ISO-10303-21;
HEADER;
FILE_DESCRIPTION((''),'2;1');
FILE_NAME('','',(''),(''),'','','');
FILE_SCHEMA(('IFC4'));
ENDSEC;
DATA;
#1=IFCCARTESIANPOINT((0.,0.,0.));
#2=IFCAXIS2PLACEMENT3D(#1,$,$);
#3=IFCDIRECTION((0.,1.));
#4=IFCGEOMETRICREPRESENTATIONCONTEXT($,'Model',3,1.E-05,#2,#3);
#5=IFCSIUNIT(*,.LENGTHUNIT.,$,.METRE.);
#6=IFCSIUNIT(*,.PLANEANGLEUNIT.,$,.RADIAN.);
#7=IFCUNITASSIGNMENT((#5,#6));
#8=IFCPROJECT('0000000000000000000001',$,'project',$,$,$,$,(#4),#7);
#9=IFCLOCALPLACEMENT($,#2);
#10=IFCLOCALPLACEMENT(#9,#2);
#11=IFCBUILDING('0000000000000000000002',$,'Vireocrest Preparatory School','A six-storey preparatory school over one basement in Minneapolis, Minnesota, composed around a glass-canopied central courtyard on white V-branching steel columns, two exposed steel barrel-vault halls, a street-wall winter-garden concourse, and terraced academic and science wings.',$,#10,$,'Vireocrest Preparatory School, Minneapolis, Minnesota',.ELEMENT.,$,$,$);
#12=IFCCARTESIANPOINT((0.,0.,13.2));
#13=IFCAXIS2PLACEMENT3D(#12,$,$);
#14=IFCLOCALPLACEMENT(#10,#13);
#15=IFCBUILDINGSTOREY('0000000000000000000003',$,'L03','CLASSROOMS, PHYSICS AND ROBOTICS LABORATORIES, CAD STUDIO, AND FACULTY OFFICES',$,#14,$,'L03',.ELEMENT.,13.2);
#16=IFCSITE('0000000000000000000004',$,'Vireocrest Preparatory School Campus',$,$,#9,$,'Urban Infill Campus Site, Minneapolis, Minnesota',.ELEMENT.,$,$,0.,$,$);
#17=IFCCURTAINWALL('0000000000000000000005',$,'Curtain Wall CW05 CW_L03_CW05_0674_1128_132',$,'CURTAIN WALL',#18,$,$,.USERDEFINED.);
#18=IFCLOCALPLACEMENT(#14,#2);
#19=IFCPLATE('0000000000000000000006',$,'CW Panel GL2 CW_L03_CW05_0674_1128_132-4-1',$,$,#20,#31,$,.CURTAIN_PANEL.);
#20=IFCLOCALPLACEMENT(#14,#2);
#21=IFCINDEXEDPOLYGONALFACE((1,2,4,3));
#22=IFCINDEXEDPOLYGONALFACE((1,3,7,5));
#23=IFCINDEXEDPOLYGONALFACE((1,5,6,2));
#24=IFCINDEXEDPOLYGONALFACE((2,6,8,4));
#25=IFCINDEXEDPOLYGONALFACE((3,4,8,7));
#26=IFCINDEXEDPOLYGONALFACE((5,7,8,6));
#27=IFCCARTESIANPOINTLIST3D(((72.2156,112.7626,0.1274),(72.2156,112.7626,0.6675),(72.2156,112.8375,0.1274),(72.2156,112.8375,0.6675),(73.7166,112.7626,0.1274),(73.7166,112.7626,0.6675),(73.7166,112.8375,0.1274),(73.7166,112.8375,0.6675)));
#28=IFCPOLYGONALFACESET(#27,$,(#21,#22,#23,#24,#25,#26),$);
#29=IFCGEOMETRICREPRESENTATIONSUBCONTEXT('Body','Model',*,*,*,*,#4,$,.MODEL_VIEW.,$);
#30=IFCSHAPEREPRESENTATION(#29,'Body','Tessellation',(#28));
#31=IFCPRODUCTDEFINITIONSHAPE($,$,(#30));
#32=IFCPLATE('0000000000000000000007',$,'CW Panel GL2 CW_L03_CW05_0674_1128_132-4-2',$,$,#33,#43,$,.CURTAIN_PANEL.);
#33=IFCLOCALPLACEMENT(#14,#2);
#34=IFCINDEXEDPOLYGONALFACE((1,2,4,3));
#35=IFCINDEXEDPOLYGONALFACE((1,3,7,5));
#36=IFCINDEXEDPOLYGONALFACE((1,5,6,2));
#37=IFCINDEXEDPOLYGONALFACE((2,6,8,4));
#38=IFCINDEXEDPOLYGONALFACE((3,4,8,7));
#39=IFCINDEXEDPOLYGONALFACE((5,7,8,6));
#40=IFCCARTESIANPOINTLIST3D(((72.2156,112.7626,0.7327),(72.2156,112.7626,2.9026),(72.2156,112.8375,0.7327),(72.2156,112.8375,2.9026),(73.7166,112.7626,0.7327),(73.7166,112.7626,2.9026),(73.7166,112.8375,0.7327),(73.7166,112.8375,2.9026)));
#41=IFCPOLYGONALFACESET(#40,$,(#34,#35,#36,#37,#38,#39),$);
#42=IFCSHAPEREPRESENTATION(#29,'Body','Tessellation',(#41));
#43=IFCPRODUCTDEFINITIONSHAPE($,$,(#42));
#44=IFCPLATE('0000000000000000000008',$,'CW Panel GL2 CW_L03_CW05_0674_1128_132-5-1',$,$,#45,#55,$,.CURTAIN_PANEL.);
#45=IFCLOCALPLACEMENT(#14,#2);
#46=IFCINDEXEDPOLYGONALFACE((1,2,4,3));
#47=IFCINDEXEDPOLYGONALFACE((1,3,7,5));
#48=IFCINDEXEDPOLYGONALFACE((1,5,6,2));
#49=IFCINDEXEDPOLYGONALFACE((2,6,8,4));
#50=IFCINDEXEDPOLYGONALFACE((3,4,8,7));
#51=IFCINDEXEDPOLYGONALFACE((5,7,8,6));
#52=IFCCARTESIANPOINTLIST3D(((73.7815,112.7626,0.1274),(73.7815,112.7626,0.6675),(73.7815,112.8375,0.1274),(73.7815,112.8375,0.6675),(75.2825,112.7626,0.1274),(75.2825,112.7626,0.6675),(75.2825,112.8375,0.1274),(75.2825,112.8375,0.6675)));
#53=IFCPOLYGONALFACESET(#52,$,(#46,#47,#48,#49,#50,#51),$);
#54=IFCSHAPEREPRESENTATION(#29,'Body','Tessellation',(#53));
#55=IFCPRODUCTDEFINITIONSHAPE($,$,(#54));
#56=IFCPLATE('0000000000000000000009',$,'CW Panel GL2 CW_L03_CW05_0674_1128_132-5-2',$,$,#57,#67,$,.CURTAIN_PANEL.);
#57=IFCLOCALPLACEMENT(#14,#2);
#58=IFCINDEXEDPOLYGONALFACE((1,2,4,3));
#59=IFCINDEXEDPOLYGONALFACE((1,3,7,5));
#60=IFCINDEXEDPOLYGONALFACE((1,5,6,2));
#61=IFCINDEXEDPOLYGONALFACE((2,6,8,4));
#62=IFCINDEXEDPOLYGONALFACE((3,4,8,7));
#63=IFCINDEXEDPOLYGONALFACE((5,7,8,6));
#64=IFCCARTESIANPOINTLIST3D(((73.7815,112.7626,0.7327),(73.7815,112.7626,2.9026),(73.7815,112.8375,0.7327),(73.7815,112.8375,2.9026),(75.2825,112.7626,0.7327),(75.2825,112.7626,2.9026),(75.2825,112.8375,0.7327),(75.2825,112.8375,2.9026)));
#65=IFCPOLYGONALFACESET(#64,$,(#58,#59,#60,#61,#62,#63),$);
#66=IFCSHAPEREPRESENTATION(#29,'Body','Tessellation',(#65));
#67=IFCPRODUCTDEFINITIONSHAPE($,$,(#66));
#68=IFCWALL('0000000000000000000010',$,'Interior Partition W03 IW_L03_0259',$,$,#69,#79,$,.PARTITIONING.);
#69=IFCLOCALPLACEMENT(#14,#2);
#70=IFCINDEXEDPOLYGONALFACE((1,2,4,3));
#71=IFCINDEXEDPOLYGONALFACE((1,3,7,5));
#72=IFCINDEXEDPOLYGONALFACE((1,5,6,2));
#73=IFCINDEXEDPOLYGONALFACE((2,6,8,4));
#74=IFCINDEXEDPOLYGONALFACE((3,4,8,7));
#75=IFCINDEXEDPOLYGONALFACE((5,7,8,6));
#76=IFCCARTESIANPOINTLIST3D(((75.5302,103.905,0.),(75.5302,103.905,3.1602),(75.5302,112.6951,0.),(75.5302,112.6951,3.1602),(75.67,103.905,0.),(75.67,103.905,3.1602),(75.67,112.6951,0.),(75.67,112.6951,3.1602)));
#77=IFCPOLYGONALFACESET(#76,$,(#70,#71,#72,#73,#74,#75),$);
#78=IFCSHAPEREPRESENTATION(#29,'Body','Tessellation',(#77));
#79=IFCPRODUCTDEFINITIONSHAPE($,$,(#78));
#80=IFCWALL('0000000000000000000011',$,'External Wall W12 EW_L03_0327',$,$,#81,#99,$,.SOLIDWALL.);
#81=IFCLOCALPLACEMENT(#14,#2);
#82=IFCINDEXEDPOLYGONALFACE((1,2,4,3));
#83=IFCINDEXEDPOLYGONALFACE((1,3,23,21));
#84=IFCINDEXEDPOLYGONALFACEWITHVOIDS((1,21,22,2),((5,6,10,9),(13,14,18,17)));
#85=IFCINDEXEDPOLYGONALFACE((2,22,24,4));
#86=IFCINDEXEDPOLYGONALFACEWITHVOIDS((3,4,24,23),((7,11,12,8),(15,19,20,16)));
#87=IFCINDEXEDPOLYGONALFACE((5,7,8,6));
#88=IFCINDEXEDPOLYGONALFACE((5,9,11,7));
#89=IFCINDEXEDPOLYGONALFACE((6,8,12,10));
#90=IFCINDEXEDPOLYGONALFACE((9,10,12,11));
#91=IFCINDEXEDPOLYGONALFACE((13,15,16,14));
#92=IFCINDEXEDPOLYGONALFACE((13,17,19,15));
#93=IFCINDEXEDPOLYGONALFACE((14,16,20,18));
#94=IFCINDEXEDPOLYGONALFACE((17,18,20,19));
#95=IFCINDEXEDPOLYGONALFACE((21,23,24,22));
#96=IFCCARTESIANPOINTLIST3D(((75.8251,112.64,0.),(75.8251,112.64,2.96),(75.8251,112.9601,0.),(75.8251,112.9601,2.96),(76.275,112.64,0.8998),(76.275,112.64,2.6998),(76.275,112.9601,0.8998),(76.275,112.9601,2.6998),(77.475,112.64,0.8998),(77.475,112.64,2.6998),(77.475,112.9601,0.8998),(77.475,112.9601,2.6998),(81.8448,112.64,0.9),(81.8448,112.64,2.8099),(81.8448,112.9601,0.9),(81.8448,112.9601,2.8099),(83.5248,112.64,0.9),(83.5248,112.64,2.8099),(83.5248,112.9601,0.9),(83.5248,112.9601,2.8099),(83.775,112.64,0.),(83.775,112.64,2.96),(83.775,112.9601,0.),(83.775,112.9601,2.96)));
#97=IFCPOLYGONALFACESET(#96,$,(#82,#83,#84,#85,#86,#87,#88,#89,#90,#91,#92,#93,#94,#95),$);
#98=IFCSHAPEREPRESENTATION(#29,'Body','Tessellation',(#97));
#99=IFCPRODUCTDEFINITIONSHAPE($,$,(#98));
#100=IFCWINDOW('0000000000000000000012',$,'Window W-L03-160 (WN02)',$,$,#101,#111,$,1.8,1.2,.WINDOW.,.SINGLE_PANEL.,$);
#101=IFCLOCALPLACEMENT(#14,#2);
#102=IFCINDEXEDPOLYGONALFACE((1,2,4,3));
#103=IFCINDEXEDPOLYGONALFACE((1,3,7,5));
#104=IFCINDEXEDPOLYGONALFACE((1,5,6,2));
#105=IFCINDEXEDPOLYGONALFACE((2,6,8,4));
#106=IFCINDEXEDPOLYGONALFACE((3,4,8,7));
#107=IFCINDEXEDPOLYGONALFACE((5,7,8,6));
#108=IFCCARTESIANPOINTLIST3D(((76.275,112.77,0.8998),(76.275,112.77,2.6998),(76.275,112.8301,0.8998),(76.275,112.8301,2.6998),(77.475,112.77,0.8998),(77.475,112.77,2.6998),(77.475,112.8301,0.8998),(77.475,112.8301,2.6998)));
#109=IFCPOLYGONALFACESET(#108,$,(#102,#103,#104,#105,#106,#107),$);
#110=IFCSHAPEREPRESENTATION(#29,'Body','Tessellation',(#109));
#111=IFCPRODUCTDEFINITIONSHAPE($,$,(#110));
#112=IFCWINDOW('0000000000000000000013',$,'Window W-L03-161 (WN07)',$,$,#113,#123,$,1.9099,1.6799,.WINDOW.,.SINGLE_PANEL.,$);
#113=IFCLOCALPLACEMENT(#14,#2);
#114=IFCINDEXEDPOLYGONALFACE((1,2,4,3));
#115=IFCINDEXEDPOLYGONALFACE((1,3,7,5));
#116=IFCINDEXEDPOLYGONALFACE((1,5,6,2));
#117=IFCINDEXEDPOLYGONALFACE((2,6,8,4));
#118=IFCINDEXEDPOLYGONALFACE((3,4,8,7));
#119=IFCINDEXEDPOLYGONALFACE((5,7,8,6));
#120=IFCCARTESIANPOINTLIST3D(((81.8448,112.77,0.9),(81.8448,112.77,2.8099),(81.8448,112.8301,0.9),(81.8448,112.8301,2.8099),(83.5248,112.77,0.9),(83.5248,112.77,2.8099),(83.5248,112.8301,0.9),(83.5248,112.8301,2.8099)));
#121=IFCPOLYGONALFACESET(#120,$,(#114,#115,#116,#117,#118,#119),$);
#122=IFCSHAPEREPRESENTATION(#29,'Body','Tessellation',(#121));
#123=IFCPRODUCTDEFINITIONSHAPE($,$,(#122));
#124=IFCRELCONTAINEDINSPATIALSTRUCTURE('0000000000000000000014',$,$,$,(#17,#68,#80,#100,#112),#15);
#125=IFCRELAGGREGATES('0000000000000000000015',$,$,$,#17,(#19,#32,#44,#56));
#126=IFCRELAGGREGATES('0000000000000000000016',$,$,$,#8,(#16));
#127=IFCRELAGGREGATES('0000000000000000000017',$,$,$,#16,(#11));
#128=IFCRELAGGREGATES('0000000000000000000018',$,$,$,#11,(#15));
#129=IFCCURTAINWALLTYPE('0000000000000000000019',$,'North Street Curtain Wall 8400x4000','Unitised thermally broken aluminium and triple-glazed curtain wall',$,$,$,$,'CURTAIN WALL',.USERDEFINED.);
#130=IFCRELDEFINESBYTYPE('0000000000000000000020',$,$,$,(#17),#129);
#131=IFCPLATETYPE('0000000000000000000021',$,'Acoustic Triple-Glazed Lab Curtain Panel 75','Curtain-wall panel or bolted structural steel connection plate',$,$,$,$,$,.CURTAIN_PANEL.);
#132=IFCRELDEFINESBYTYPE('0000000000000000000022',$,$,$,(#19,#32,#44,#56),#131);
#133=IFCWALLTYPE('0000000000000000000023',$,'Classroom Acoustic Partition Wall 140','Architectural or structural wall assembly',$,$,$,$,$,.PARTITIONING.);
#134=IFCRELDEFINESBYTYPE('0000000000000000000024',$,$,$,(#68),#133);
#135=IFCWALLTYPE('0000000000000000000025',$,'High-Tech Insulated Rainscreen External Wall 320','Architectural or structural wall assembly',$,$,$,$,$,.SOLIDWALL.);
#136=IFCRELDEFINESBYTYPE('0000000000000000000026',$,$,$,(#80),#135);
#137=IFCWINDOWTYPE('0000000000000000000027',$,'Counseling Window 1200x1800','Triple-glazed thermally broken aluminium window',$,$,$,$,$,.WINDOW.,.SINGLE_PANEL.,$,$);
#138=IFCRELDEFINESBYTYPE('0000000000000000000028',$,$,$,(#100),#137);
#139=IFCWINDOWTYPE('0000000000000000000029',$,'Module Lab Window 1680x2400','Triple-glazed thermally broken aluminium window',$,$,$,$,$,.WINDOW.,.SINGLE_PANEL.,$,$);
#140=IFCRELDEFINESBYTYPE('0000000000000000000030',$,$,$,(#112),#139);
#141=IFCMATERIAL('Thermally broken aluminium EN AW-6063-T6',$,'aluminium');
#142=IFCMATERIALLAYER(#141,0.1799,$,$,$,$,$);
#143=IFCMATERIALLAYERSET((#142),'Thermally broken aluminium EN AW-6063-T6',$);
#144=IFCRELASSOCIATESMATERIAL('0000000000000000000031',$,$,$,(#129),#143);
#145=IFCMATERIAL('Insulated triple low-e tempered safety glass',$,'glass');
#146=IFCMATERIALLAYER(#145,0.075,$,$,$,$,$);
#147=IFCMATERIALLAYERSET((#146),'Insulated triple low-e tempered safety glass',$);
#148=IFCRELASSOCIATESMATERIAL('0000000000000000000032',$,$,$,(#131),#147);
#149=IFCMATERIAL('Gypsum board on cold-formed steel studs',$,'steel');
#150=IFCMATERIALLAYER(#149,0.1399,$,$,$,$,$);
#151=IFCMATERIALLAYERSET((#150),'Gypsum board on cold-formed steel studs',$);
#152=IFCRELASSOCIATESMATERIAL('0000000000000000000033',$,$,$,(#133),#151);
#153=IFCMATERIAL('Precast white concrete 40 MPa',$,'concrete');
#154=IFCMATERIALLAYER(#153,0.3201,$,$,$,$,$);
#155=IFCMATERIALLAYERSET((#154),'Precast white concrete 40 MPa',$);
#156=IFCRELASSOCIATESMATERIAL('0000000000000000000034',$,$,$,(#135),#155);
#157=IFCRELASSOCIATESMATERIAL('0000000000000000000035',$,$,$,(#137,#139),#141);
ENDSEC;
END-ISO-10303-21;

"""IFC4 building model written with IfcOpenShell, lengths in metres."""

from ifc_helpers import new_model, si_unit, direction, frame, frame_2d, origin, origin_2d, place, context, subcontext, project, spatial, rectangle, extrude, material, layer, layer_set, type_object, element, fill, aggregate, save


model = new_model("IFC4")

# Units and contexts
model_context = context("Model", 3, precision=1e-05, world=origin(), true_north=direction((0.0, 1.0)))
body_context = subcontext(model_context, "Body", "Model", "MODEL_VIEW")
ifc_project = project(units=[si_unit("LENGTHUNIT", "METRE"), si_unit("PLANEANGLEUNIT", "RADIAN")], contexts=[model_context])

# Site, building, storey
site_placement = place(None, origin())
site = spatial("IfcSite", under=ifc_project, at=site_placement, Name="Vireocrest Preparatory School Campus", LongName="Urban Infill Campus Site, Minneapolis, Minnesota", CompositionType="ELEMENT", RefElevation=0.0)
building_placement = place(site_placement, origin())
building = spatial("IfcBuilding", under=site, at=building_placement, Name="Vireocrest Preparatory School", Description="A six-storey preparatory school over one basement in Minneapolis, Minnesota, composed around a glass-canopied central courtyard on white V-branching steel columns, two exposed steel barrel-vault halls, a street-wall winter-garden concourse, and terraced academic and science wings.", LongName="Vireocrest Preparatory School, Minneapolis, Minnesota", CompositionType="ELEMENT")
storey_placement = place(building_placement, frame((0.0, 0.0, 13.2)))
storey = spatial("IfcBuildingStorey", under=building, at=storey_placement, Name="L03", Description="CLASSROOMS, PHYSICS AND ROBOTICS LABORATORIES, CAD STUDIO, AND FACULTY OFFICES", LongName="L03", CompositionType="ELEMENT", Elevation=13.2)

# Curtain wall
ifc_material_1 = material(Name="Thermally broken aluminium EN AW-6063-T6", Category="aluminium")
ifc_layer_1 = layer(ifc_material_1, 0.1799)
ifc_layer_set_1 = layer_set([ifc_layer_1], Name="Thermally broken aluminium EN AW-6063-T6")
curtain_wall_type = type_object("IfcCurtainWallType", Name="North Street Curtain Wall 8400x4000", Description="Unitised thermally broken aluminium and triple-glazed curtain wall", ElementType="CURTAIN WALL", PredefinedType="USERDEFINED", material=ifc_layer_set_1)
curtain_wall_placement = place(storey_placement, origin())
curtain_wall = element("IfcCurtainWall", 1, at=curtain_wall_placement, inside=storey, type_object=curtain_wall_type, Name="Curtain Wall CW05 CW_L03_CW05_0674_1128_132", ObjectType="CURTAIN WALL", PredefinedType="USERDEFINED")

# Plates
ifc_material_2 = material(Name="Insulated triple low-e tempered safety glass", Category="glass")
ifc_layer_2 = layer(ifc_material_2, 0.075)
ifc_layer_set_2 = layer_set([ifc_layer_2], Name="Insulated triple low-e tempered safety glass")
plate_type = type_object("IfcPlateType", Name="Acoustic Triple-Glazed Lab Curtain Panel 75", Description="Curtain-wall panel or bolted structural steel connection plate", PredefinedType="CURTAIN_PANEL", material=ifc_layer_set_2)
plate_1_placement = place(storey_placement, frame((72.9661, 112.8, 0.1274), z_axis=(0.0, 0.0, 1.0), x_axis=(1.0, 0.0, 0.0)))
plate_1 = element("IfcPlate", 2, at=plate_1_placement, type_object=plate_type, Name="CW Panel GL2 CW_L03_CW05_0674_1128_132-4-1", PredefinedType="CURTAIN_PANEL", context=body_context, shape_type="SweptSolid", body=[
    extrude(rectangle(XDim=1.501, YDim=0.075, at=origin_2d()), origin(), (0.0, 0.0, 1.0), 0.54),
])
plate_2_placement = place(storey_placement, frame((72.9661, 112.8, 0.7327), z_axis=(0.0, 0.0, 1.0), x_axis=(1.0, 0.0, 0.0)))
plate_2 = element("IfcPlate", 3, at=plate_2_placement, type_object=plate_type, Name="CW Panel GL2 CW_L03_CW05_0674_1128_132-4-2", PredefinedType="CURTAIN_PANEL", context=body_context, shape_type="SweptSolid", body=[
    extrude(rectangle(XDim=1.501, YDim=0.075, at=origin_2d()), origin(), (0.0, 0.0, 1.0), 2.1699),
])
plate_3_placement = place(storey_placement, frame((74.532, 112.8, 0.1274), z_axis=(0.0, 0.0, 1.0), x_axis=(1.0, 0.0, 0.0)))
plate_3 = element("IfcPlate", 4, at=plate_3_placement, type_object=plate_type, Name="CW Panel GL2 CW_L03_CW05_0674_1128_132-5-1", PredefinedType="CURTAIN_PANEL", context=body_context, shape_type="SweptSolid", body=[
    extrude(rectangle(XDim=1.501, YDim=0.075, at=origin_2d()), origin(), (0.0, 0.0, 1.0), 0.54),
])
plate_4_placement = place(storey_placement, frame((74.532, 112.8, 0.7327), z_axis=(0.0, 0.0, 1.0), x_axis=(1.0, 0.0, 0.0)))
plate_4 = element("IfcPlate", 5, at=plate_4_placement, type_object=plate_type, Name="CW Panel GL2 CW_L03_CW05_0674_1128_132-5-2", PredefinedType="CURTAIN_PANEL", context=body_context, shape_type="SweptSolid", body=[
    extrude(rectangle(XDim=1.501, YDim=0.075, at=origin_2d()), origin(), (0.0, 0.0, 1.0), 2.1699),
])
aggregate(curtain_wall, [plate_1, plate_2, plate_3, plate_4])

# Wall
ifc_material_3 = material(Name="Gypsum board on cold-formed steel studs", Category="steel")
ifc_layer_3 = layer(ifc_material_3, 0.1399)
ifc_layer_set_3 = layer_set([ifc_layer_3], Name="Gypsum board on cold-formed steel studs")
wall_type_1 = type_object("IfcWallType", Name="Classroom Acoustic Partition Wall 140", Description="Architectural or structural wall assembly", PredefinedType="PARTITIONING", material=ifc_layer_set_3)
wall_1_placement = place(storey_placement, frame((75.6001, 103.905, 0.0), z_axis=(0.0, 0.0, 1.0), x_axis=(0.0, 1.0, 0.0)))
element("IfcWall", 6, at=wall_1_placement, inside=storey, type_object=wall_type_1, Name="Interior Partition W03 IW_L03_0259", PredefinedType="PARTITIONING", context=body_context, shape_type="SweptSolid", body=[
    extrude(rectangle(XDim=8.79, YDim=0.1399, at=frame_2d((4.395, 0.0))), origin(), (0.0, 0.0, 1.0), 3.1602),
])

# Wall, openings, windows
ifc_material_4 = material(Name="Precast white concrete 40 MPa", Category="concrete")
ifc_layer_4 = layer(ifc_material_4, 0.3201)
ifc_layer_set_4 = layer_set([ifc_layer_4], Name="Precast white concrete 40 MPa")
wall_type_2 = type_object("IfcWallType", Name="High-Tech Insulated Rainscreen External Wall 320", Description="Architectural or structural wall assembly", PredefinedType="SOLIDWALL", material=ifc_layer_set_4)
wall_2_placement = place(storey_placement, frame((75.825, 112.8, 0.0), z_axis=(0.0, 0.0, 1.0), x_axis=(1.0, 0.0, 0.0)))
wall_2 = element("IfcWall", 7, at=wall_2_placement, inside=storey, type_object=wall_type_2, Name="External Wall W12 EW_L03_0327", PredefinedType="SOLIDWALL", context=body_context, shape_type="SweptSolid", body=[
    extrude(rectangle(XDim=7.95, YDim=0.3201, at=frame_2d((3.9751, 0.0))), origin(), (0.0, 0.0, 1.0), 2.96),
])
opening_1_placement = place(wall_2_placement, frame((0.45, 0.0, 0.8999)))
opening_1 = element("IfcOpeningElement", 8, at=opening_1_placement, cuts=wall_2, PredefinedType="OPENING", context=body_context, shape_type="SweptSolid", body=[
    extrude(rectangle(XDim=1.2, YDim=1.8, at=frame_2d((0.6001, 0.8999))), frame((0.0, 0.1699, 0.0), z_axis=(0.0, -1.0, 0.0), x_axis=(1.0, 0.0, 0.0)), (0.0, 0.0, 1.0), 0.3401),
])
opening_2_placement = place(wall_2_placement, frame((6.02, 0.0, 0.8999)))
opening_2 = element("IfcOpeningElement", 9, at=opening_2_placement, cuts=wall_2, PredefinedType="OPENING", context=body_context, shape_type="SweptSolid", body=[
    extrude(rectangle(XDim=1.6799, YDim=1.9099, at=frame_2d((0.8398, 0.9551))), frame((0.0, 0.1699, 0.0), z_axis=(0.0, -1.0, 0.0), x_axis=(1.0, 0.0, 0.0)), (0.0, 0.0, 1.0), 0.3401),
])
window_type_1 = type_object("IfcWindowType", Name="Counseling Window 1200x1800", Description="Triple-glazed thermally broken aluminium window", PartitioningType="SINGLE_PANEL", PredefinedType="WINDOW", material=ifc_material_1)
window_1_placement = place(opening_1_placement, origin())
window_1 = element("IfcWindow", 10, at=window_1_placement, inside=storey, type_object=window_type_1, Name="Window W-L03-160 (WN02)", OverallHeight=1.8, OverallWidth=1.2, PartitioningType="SINGLE_PANEL", PredefinedType="WINDOW", context=body_context, shape_type="SweptSolid", body=[
    extrude(rectangle(XDim=1.2, YDim=1.8, at=frame_2d((0.6001, 0.8999))), frame((0.0, 0.03, 0.0), z_axis=(0.0, -1.0, 0.0), x_axis=(1.0, 0.0, 0.0)), (0.0, 0.0, 1.0), 0.0601),
])
fill(opening_1, window_1)
window_type_2 = type_object("IfcWindowType", Name="Module Lab Window 1680x2400", Description="Triple-glazed thermally broken aluminium window", PartitioningType="SINGLE_PANEL", PredefinedType="WINDOW", material=ifc_material_1)
window_2_placement = place(opening_2_placement, origin())
window_2 = element("IfcWindow", 11, at=window_2_placement, inside=storey, type_object=window_type_2, Name="Window W-L03-161 (WN07)", OverallHeight=1.9099, OverallWidth=1.6799, PartitioningType="SINGLE_PANEL", PredefinedType="WINDOW", context=body_context, shape_type="SweptSolid", body=[
    extrude(rectangle(XDim=1.6799, YDim=1.9099, at=frame_2d((0.8398, 0.9551))), frame((0.0, 0.03, 0.0), z_axis=(0.0, -1.0, 0.0), x_axis=(1.0, 0.0, 0.0)), (0.0, 0.0, 1.0), 0.0601),
])
fill(opening_2, window_2)

save(model, "model.ifc")
